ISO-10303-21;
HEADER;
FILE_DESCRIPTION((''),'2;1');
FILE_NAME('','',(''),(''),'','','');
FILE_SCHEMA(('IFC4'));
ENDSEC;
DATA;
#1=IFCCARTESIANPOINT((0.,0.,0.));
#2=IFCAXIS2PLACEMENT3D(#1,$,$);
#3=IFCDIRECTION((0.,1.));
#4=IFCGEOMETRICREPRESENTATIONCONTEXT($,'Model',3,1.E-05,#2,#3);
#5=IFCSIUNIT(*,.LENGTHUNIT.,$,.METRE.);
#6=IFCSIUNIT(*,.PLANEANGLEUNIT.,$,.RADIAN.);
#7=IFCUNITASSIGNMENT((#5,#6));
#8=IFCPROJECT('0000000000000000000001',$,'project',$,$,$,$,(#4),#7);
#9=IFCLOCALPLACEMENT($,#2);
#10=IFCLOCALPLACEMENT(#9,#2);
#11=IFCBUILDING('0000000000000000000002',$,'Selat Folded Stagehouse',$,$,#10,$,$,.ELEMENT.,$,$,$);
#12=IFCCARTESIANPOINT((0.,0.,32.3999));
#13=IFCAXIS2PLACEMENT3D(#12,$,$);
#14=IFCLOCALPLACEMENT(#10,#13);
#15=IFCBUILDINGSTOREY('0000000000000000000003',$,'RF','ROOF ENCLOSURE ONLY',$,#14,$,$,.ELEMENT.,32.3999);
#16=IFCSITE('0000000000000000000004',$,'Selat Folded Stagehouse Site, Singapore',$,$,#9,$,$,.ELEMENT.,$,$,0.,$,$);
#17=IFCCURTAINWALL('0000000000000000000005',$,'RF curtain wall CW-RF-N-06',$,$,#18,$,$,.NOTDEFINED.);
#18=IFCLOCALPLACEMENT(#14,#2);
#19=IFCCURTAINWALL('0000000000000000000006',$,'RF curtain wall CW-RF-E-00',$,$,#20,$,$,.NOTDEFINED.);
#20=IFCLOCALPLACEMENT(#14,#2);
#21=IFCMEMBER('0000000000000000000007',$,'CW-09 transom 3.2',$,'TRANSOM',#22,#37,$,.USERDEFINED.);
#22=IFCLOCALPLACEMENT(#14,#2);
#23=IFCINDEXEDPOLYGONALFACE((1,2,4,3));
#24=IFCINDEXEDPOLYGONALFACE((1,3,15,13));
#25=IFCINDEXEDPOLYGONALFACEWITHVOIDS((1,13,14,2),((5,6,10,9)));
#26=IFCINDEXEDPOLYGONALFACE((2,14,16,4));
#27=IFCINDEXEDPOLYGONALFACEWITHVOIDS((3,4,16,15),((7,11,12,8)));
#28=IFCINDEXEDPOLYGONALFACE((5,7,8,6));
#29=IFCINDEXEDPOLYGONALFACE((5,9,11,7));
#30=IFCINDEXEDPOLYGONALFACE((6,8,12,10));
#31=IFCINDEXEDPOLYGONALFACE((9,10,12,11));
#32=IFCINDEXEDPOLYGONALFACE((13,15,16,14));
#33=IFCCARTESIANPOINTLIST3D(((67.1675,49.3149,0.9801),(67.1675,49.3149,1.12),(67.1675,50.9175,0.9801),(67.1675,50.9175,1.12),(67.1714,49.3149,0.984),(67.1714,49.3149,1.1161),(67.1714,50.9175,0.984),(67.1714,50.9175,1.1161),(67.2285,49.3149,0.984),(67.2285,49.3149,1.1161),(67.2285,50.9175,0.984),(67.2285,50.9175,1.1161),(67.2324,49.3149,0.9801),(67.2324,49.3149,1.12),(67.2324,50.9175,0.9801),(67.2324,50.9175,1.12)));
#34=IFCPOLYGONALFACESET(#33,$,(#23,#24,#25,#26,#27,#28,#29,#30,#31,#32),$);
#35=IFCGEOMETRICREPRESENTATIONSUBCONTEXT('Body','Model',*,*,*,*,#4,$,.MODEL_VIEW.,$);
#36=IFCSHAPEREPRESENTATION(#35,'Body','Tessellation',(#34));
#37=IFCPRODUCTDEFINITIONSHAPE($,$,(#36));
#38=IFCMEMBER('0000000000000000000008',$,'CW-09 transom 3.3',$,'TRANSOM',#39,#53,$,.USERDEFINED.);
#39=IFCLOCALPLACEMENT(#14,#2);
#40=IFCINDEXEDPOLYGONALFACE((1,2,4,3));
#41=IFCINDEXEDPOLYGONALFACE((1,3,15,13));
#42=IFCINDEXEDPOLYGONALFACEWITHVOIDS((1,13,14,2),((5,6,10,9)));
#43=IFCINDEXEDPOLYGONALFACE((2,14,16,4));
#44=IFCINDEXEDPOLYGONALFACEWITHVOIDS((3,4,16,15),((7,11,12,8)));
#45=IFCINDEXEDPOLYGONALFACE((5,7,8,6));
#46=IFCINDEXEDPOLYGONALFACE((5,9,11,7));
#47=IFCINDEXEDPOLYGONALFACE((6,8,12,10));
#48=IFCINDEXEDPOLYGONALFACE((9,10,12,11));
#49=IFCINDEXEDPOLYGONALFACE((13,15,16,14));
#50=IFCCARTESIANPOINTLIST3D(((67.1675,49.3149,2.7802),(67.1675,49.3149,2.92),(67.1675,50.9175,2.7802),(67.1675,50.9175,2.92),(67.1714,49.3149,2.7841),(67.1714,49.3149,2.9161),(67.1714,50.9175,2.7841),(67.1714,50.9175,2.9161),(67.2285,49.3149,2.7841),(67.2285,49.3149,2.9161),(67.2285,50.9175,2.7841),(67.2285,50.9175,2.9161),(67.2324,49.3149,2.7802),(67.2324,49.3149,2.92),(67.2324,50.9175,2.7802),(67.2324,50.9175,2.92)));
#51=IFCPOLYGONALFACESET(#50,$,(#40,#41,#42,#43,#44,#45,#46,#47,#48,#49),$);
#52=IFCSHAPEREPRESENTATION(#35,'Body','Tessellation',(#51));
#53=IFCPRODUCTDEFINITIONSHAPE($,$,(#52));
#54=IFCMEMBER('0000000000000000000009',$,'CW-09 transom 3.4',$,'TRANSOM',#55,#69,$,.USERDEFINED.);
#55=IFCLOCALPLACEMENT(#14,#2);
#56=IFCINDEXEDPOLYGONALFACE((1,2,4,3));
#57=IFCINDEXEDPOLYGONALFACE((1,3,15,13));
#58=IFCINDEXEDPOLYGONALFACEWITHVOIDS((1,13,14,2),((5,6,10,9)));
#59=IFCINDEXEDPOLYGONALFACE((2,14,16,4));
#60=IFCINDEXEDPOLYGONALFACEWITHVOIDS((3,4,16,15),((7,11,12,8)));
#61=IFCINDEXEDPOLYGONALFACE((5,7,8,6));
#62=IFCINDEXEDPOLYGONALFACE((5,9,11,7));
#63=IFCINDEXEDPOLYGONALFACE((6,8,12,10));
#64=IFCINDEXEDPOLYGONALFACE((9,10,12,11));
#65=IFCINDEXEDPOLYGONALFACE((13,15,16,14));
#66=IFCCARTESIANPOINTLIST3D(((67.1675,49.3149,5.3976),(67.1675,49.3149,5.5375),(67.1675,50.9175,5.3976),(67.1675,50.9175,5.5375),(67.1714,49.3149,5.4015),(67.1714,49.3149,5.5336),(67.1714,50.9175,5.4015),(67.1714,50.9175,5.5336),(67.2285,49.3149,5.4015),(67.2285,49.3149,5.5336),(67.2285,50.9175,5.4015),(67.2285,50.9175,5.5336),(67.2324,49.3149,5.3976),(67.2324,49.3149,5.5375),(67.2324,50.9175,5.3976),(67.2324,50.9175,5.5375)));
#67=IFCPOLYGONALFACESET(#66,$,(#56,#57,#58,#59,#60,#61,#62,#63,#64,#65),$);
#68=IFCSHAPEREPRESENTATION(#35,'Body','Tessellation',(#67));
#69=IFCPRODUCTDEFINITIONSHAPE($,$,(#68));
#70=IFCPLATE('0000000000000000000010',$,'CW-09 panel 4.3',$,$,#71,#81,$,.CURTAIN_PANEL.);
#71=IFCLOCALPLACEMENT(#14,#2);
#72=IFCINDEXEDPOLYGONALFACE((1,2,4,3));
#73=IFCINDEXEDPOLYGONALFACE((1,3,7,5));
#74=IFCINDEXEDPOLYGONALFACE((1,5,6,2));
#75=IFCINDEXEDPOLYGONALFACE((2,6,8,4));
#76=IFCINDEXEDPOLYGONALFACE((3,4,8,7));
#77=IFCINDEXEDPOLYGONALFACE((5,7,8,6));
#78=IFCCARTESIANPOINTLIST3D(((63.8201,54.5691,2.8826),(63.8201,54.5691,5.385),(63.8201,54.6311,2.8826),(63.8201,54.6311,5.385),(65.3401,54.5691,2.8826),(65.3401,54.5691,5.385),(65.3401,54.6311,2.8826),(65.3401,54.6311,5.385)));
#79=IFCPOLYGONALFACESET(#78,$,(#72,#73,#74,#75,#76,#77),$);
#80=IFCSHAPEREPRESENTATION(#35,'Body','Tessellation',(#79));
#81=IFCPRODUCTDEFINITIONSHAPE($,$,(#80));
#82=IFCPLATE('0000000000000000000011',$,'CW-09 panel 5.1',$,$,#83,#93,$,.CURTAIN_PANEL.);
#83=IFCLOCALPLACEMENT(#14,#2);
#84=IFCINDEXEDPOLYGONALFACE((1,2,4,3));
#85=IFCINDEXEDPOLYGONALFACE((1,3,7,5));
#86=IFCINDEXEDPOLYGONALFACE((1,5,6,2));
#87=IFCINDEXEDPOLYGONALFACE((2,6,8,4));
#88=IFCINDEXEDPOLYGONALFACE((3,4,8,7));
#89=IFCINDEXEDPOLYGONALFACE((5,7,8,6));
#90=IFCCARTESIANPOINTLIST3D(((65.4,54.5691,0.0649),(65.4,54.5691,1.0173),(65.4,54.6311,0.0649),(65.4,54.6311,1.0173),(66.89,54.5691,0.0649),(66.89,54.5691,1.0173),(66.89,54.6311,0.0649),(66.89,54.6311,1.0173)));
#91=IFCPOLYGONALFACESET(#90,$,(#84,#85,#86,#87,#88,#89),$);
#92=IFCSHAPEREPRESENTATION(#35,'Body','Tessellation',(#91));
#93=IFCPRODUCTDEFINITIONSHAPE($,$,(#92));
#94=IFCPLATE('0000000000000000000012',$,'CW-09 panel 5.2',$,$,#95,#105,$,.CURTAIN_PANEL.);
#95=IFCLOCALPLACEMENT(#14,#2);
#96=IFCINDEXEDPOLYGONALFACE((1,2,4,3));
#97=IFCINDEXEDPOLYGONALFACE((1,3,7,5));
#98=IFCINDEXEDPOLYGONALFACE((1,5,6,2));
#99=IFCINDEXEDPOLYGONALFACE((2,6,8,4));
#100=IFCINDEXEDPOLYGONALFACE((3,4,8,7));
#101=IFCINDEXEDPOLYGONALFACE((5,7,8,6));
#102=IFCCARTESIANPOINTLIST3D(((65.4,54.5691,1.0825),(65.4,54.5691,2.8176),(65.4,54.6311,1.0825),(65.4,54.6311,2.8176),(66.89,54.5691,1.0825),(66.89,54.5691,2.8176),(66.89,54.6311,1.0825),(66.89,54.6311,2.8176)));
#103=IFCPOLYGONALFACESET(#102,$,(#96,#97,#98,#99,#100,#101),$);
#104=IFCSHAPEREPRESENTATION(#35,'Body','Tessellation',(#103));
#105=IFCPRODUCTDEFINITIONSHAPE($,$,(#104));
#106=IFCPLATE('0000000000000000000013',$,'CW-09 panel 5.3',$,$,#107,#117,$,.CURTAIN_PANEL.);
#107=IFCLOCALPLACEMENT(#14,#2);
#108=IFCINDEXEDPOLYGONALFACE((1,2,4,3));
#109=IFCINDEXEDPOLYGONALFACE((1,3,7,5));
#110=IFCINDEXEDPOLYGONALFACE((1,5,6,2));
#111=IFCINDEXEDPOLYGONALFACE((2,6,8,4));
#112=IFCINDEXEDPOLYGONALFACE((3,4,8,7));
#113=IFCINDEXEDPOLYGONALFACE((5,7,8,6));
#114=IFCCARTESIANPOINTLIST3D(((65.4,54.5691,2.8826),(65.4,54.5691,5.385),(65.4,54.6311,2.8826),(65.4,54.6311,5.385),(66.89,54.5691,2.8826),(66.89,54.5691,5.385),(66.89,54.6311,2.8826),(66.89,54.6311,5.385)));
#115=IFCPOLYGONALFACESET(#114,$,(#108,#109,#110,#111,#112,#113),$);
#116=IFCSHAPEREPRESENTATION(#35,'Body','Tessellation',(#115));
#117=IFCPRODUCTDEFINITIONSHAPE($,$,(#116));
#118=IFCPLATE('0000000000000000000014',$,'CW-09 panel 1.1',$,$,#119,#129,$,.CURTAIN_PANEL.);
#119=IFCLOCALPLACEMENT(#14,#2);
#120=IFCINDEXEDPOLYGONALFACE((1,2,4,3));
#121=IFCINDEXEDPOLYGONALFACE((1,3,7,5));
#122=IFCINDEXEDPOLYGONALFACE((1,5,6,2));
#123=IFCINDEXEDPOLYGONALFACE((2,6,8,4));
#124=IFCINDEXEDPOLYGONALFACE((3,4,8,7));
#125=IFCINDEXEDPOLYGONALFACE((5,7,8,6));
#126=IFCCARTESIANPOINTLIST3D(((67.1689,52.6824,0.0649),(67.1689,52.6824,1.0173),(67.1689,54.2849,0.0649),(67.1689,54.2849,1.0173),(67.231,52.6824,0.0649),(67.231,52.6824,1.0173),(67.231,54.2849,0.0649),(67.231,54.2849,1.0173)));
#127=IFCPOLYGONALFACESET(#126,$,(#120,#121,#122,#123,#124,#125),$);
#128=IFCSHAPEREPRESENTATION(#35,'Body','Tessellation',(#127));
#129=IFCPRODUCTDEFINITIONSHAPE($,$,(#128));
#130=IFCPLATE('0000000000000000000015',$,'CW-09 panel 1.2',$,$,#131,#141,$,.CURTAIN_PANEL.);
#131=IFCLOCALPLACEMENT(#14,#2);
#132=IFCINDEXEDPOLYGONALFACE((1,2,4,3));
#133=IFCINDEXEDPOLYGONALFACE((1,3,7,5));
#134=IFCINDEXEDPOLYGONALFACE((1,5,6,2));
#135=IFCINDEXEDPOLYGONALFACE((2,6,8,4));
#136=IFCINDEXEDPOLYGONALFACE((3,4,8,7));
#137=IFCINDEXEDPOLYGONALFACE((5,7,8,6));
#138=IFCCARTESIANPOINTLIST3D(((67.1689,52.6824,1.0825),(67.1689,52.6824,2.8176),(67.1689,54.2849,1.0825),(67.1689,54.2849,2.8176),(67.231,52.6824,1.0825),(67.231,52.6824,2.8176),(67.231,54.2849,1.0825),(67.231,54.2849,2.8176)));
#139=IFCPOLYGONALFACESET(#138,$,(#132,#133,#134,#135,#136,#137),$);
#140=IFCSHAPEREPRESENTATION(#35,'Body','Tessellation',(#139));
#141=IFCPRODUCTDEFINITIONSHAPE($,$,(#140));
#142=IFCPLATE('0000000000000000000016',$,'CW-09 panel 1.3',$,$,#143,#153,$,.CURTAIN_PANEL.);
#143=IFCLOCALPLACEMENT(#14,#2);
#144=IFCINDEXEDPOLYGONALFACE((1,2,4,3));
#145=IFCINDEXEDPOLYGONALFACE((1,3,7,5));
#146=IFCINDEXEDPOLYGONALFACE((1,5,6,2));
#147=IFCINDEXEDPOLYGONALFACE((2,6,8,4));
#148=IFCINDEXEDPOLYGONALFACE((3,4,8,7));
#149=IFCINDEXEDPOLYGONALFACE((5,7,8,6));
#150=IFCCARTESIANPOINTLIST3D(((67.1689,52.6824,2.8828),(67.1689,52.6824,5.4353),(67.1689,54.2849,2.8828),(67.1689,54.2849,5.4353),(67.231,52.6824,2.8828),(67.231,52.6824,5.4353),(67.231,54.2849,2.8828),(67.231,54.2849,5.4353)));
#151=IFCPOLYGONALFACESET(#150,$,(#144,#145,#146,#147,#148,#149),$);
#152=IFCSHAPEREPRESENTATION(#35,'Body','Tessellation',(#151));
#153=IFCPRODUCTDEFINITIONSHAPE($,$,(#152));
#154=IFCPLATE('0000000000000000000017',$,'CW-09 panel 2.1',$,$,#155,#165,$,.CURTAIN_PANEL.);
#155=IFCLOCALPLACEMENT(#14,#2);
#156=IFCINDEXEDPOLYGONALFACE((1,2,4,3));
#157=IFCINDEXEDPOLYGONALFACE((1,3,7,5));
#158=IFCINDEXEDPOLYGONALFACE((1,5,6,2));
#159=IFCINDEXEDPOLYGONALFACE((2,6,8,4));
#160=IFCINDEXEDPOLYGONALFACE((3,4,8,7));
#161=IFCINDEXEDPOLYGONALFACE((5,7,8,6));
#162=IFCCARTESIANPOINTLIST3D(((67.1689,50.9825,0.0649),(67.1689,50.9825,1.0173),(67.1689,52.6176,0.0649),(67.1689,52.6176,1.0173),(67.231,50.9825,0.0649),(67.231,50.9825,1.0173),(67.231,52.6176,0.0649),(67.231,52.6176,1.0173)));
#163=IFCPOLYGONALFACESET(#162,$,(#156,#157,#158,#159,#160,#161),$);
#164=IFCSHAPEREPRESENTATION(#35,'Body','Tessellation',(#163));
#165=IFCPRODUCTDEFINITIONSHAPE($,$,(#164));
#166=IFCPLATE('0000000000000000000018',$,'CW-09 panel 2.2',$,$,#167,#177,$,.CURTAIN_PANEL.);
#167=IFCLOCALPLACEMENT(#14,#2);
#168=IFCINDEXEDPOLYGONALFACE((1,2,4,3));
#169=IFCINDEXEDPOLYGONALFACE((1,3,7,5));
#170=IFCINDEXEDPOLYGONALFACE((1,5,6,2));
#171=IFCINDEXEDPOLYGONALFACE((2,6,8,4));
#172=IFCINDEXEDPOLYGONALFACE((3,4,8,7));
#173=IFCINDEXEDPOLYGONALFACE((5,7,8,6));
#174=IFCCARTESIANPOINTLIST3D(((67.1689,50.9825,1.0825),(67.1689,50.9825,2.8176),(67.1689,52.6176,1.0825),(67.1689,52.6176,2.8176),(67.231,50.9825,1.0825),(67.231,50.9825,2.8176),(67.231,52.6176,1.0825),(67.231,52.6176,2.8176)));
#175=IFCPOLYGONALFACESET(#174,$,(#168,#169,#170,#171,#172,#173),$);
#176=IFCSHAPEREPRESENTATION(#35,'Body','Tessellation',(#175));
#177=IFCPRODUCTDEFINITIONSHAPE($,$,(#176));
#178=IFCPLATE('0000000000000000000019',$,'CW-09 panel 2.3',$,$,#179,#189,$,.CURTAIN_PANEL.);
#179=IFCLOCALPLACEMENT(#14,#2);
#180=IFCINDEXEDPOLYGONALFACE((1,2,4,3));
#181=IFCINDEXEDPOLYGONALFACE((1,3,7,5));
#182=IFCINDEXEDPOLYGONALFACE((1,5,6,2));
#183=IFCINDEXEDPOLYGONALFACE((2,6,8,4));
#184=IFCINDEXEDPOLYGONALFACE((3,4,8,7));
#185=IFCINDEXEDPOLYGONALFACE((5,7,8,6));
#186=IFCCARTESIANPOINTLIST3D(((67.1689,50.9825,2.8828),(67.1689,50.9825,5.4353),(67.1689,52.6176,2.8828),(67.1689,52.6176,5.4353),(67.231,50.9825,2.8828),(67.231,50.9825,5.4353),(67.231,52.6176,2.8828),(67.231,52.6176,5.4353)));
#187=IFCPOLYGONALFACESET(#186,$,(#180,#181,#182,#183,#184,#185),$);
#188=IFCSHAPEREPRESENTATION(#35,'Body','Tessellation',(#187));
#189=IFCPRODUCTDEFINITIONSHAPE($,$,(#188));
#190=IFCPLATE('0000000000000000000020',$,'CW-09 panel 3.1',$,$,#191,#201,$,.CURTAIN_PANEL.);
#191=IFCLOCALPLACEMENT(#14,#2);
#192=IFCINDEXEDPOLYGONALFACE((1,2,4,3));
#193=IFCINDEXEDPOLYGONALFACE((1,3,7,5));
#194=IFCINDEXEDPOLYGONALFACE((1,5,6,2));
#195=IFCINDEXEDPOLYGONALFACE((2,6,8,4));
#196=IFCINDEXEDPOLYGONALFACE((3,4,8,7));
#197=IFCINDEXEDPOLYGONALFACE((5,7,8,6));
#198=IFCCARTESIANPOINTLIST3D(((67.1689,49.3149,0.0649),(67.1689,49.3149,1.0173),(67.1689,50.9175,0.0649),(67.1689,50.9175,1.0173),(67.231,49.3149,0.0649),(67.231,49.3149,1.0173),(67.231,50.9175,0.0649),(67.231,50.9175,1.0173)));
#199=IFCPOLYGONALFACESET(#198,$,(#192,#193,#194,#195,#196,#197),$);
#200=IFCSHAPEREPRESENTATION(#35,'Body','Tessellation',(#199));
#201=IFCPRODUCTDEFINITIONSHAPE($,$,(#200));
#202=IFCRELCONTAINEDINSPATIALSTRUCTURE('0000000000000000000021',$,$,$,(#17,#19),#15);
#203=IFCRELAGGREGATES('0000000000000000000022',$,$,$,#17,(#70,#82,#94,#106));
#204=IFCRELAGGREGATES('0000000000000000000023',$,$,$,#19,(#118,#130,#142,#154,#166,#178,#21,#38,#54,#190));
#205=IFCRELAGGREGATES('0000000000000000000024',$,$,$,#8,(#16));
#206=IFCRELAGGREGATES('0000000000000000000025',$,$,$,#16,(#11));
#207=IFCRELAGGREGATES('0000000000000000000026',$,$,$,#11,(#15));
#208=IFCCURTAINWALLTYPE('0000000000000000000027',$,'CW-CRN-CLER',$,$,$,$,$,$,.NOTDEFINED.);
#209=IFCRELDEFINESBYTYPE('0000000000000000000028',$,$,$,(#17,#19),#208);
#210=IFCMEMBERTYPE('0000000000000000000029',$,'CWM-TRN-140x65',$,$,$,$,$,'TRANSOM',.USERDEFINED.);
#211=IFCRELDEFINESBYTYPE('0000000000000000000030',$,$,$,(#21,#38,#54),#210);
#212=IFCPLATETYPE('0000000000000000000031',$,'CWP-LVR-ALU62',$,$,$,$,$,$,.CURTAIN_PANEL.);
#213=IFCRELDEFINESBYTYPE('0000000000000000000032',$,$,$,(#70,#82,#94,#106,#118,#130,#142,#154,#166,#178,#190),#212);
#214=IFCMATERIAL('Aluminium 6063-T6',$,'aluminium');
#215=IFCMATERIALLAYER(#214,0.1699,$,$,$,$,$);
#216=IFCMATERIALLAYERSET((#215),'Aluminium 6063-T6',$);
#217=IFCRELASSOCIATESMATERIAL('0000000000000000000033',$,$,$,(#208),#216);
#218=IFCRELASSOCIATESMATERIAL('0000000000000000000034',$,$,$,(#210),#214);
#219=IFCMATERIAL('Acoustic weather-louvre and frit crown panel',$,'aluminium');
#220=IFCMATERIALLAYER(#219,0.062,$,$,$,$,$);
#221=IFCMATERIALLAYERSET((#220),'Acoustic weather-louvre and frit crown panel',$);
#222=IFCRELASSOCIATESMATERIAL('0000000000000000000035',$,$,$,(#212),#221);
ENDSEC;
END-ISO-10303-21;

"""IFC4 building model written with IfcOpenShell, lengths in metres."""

from ifc_helpers import new_model, si_unit, direction, frame, origin, origin_2d, place, context, subcontext, project, spatial, rectangle, hollow_rectangle, extrude, material, layer, layer_set, material_profile, profile_set, type_object, element, aggregate, save


model = new_model("IFC4")

# Units and contexts
model_context = context("Model", 3, precision=1e-05, world=origin(), true_north=direction((0.0, 1.0)))
body_context = subcontext(model_context, "Body", "Model", "MODEL_VIEW")
ifc_project = project(units=[si_unit("LENGTHUNIT", "METRE"), si_unit("PLANEANGLEUNIT", "RADIAN")], contexts=[model_context])

# Site, building, storey
site_placement = place(None, origin())
site = spatial("IfcSite", under=ifc_project, at=site_placement, Name="Selat Folded Stagehouse Site, Singapore", CompositionType="ELEMENT", RefElevation=0.0)
building_placement = place(site_placement, origin())
building = spatial("IfcBuilding", under=site, at=building_placement, Name="Selat Folded Stagehouse", CompositionType="ELEMENT")
storey_placement = place(building_placement, frame((0.0, 0.0, 32.3999)))
storey = spatial("IfcBuildingStorey", under=building, at=storey_placement, Name="RF", Description="ROOF ENCLOSURE ONLY", CompositionType="ELEMENT", Elevation=32.3999)

# Curtain walls
ifc_material_1 = material(Name="Aluminium 6063-T6", Category="aluminium")
ifc_layer_1 = layer(ifc_material_1, 0.1699)
ifc_layer_set_1 = layer_set([ifc_layer_1], Name="Aluminium 6063-T6")
curtain_wall_type = type_object("IfcCurtainWallType", Name="CW-CRN-CLER", PredefinedType="NOTDEFINED", material=ifc_layer_set_1)
curtain_wall_1_placement = place(storey_placement, origin())
curtain_wall_1 = element("IfcCurtainWall", 1, at=curtain_wall_1_placement, inside=storey, type_object=curtain_wall_type, Name="RF curtain wall CW-RF-N-06", PredefinedType="NOTDEFINED")
curtain_wall_2_placement = place(storey_placement, origin())
curtain_wall_2 = element("IfcCurtainWall", 2, at=curtain_wall_2_placement, inside=storey, type_object=curtain_wall_type, Name="RF curtain wall CW-RF-E-00", PredefinedType="NOTDEFINED")

# Members
ifc_material_profile_1 = material_profile(ifc_material_1, hollow_rectangle(XDim=0.0649, YDim=0.1399, WallThickness=0.0039, at=origin_2d()), Name="ALU 140x65x4.0")
ifc_profile_set_1 = profile_set([ifc_material_profile_1], Name="Aluminium 6063-T6")
member_type_1 = type_object("IfcMemberType", Name="CWM-TRN-140x65", ElementType="TRANSOM", PredefinedType="USERDEFINED", material=ifc_profile_set_1)
member_1_placement = place(storey_placement, frame((67.2, 50.9175, 1.05), z_axis=(0.0, -1.0, 0.0), x_axis=(1.0, 0.0, 0.0)))
member_1 = element("IfcMember", 3, at=member_1_placement, type_object=member_type_1, Name="CW-09 transom 3.2", ObjectType="TRANSOM", PredefinedType="USERDEFINED", context=body_context, shape_type="SweptSolid", body=[
    extrude(hollow_rectangle(XDim=0.0649, YDim=0.1399, WallThickness=0.0039, at=origin_2d()), origin(), (0.0, 0.0, 1.0), 1.6025),
])
member_2_placement = place(storey_placement, frame((67.2, 50.9175, 2.8501), z_axis=(0.0, -1.0, 0.0), x_axis=(1.0, 0.0, 0.0)))
member_2 = element("IfcMember", 4, at=member_2_placement, type_object=member_type_1, Name="CW-09 transom 3.3", ObjectType="TRANSOM", PredefinedType="USERDEFINED", context=body_context, shape_type="SweptSolid", body=[
    extrude(hollow_rectangle(XDim=0.0649, YDim=0.1399, WallThickness=0.0039, at=origin_2d()), origin(), (0.0, 0.0, 1.0), 1.6025),
])
member_3_placement = place(storey_placement, frame((67.2, 50.9175, 5.4675), z_axis=(0.0, -1.0, 0.0), x_axis=(1.0, 0.0, 0.0)))
member_3 = element("IfcMember", 5, at=member_3_placement, type_object=member_type_1, Name="CW-09 transom 3.4", ObjectType="TRANSOM", PredefinedType="USERDEFINED", context=body_context, shape_type="SweptSolid", body=[
    extrude(hollow_rectangle(XDim=0.0649, YDim=0.1399, WallThickness=0.0039, at=origin_2d()), origin(), (0.0, 0.0, 1.0), 1.6025),
])

# Plates
ifc_material_2 = material(Name="Acoustic weather-louvre and frit crown panel", Category="aluminium")
ifc_layer_2 = layer(ifc_material_2, 0.062)
ifc_layer_set_2 = layer_set([ifc_layer_2], Name="Acoustic weather-louvre and frit crown panel")
plate_type_1 = type_object("IfcPlateType", Name="CWP-LVR-ALU62", PredefinedType="CURTAIN_PANEL", material=ifc_layer_set_2)
plate_1_placement = place(storey_placement, frame((64.5801, 54.6001, 2.8826), z_axis=(0.0, 0.0, 1.0), x_axis=(1.0, 0.0, 0.0)))
plate_1 = element("IfcPlate", 6, at=plate_1_placement, type_object=plate_type_1, Name="CW-09 panel 4.3", PredefinedType="CURTAIN_PANEL", context=body_context, shape_type="SweptSolid", body=[
    extrude(rectangle(XDim=1.52, YDim=0.062, at=origin_2d()), origin(), (0.0, 0.0, 1.0), 2.5024),
])
plate_2_placement = place(storey_placement, frame((66.145, 54.6001, 0.0649), z_axis=(0.0, 0.0, 1.0), x_axis=(1.0, 0.0, 0.0)))
plate_2 = element("IfcPlate", 7, at=plate_2_placement, type_object=plate_type_1, Name="CW-09 panel 5.1", PredefinedType="CURTAIN_PANEL", context=body_context, shape_type="SweptSolid", body=[
    extrude(rectangle(XDim=1.49, YDim=0.062, at=origin_2d()), origin(), (0.0, 0.0, 1.0), 0.9524),
])
plate_3_placement = place(storey_placement, frame((66.145, 54.6001, 1.0825), z_axis=(0.0, 0.0, 1.0), x_axis=(1.0, 0.0, 0.0)))
plate_3 = element("IfcPlate", 8, at=plate_3_placement, type_object=plate_type_1, Name="CW-09 panel 5.2", PredefinedType="CURTAIN_PANEL", context=body_context, shape_type="SweptSolid", body=[
    extrude(rectangle(XDim=1.49, YDim=0.062, at=origin_2d()), origin(), (0.0, 0.0, 1.0), 1.7351),
])
plate_4_placement = place(storey_placement, frame((66.145, 54.6001, 2.8826), z_axis=(0.0, 0.0, 1.0), x_axis=(1.0, 0.0, 0.0)))
plate_4 = element("IfcPlate", 9, at=plate_4_placement, type_object=plate_type_1, Name="CW-09 panel 5.3", PredefinedType="CURTAIN_PANEL", context=body_context, shape_type="SweptSolid", body=[
    extrude(rectangle(XDim=1.49, YDim=0.062, at=origin_2d()), origin(), (0.0, 0.0, 1.0), 2.5024),
])
aggregate(curtain_wall_1, [plate_1, plate_2, plate_3, plate_4])
plate_5_placement = place(storey_placement, frame((67.2, 53.4836, 0.0649), z_axis=(0.0, 0.0, 1.0), x_axis=(0.0, -1.0, 0.0)))
plate_5 = element("IfcPlate", 10, at=plate_5_placement, type_object=plate_type_1, Name="CW-09 panel 1.1", PredefinedType="CURTAIN_PANEL", context=body_context, shape_type="SweptSolid", body=[
    extrude(rectangle(XDim=1.6025, YDim=0.062, at=origin_2d()), origin(), (0.0, 0.0, 1.0), 0.9524),
])
plate_6_placement = place(storey_placement, frame((67.2, 53.4836, 1.0825), z_axis=(0.0, 0.0, 1.0), x_axis=(0.0, -1.0, 0.0)))
plate_6 = element("IfcPlate", 11, at=plate_6_placement, type_object=plate_type_1, Name="CW-09 panel 1.2", PredefinedType="CURTAIN_PANEL", context=body_context, shape_type="SweptSolid", body=[
    extrude(rectangle(XDim=1.6025, YDim=0.062, at=origin_2d()), origin(), (0.0, 0.0, 1.0), 1.7351),
])
plate_7_placement = place(storey_placement, frame((67.2, 53.4836, 2.8828), z_axis=(0.0, 0.0, 1.0), x_axis=(0.0, -1.0, 0.0)))
plate_7 = element("IfcPlate", 12, at=plate_7_placement, type_object=plate_type_1, Name="CW-09 panel 1.3", PredefinedType="CURTAIN_PANEL", context=body_context, shape_type="SweptSolid", body=[
    extrude(rectangle(XDim=1.6025, YDim=0.062, at=origin_2d()), origin(), (0.0, 0.0, 1.0), 2.5525),
])
plate_8_placement = place(storey_placement, frame((67.2, 51.8, 0.0649), z_axis=(0.0, 0.0, 1.0), x_axis=(0.0, -1.0, 0.0)))
plate_8 = element("IfcPlate", 13, at=plate_8_placement, type_object=plate_type_1, Name="CW-09 panel 2.1", PredefinedType="CURTAIN_PANEL", context=body_context, shape_type="SweptSolid", body=[
    extrude(rectangle(XDim=1.635, YDim=0.062, at=origin_2d()), origin(), (0.0, 0.0, 1.0), 0.9524),
])
plate_9_placement = place(storey_placement, frame((67.2, 51.8, 1.0825), z_axis=(0.0, 0.0, 1.0), x_axis=(0.0, -1.0, 0.0)))
plate_9 = element("IfcPlate", 14, at=plate_9_placement, type_object=plate_type_1, Name="CW-09 panel 2.2", PredefinedType="CURTAIN_PANEL", context=body_context, shape_type="SweptSolid", body=[
    extrude(rectangle(XDim=1.635, YDim=0.062, at=origin_2d()), origin(), (0.0, 0.0, 1.0), 1.7351),
])
plate_10_placement = place(storey_placement, frame((67.2, 51.8, 2.8828), z_axis=(0.0, 0.0, 1.0), x_axis=(0.0, -1.0, 0.0)))
plate_10 = element("IfcPlate", 15, at=plate_10_placement, type_object=plate_type_1, Name="CW-09 panel 2.3", PredefinedType="CURTAIN_PANEL", context=body_context, shape_type="SweptSolid", body=[
    extrude(rectangle(XDim=1.635, YDim=0.062, at=origin_2d()), origin(), (0.0, 0.0, 1.0), 2.5525),
])
plate_11_placement = place(storey_placement, frame((67.2, 50.1162, 0.0649), z_axis=(0.0, 0.0, 1.0), x_axis=(0.0, -1.0, 0.0)))
plate_11 = element("IfcPlate", 16, at=plate_11_placement, type_object=plate_type_1, Name="CW-09 panel 3.1", PredefinedType="CURTAIN_PANEL", context=body_context, shape_type="SweptSolid", body=[
    extrude(rectangle(XDim=1.6025, YDim=0.062, at=origin_2d()), origin(), (0.0, 0.0, 1.0), 0.9524),
])
aggregate(curtain_wall_2, [plate_5, plate_6, plate_7, plate_8, plate_9, plate_10, member_1, member_2, member_3, plate_11])

save(model, "model.ifc")
